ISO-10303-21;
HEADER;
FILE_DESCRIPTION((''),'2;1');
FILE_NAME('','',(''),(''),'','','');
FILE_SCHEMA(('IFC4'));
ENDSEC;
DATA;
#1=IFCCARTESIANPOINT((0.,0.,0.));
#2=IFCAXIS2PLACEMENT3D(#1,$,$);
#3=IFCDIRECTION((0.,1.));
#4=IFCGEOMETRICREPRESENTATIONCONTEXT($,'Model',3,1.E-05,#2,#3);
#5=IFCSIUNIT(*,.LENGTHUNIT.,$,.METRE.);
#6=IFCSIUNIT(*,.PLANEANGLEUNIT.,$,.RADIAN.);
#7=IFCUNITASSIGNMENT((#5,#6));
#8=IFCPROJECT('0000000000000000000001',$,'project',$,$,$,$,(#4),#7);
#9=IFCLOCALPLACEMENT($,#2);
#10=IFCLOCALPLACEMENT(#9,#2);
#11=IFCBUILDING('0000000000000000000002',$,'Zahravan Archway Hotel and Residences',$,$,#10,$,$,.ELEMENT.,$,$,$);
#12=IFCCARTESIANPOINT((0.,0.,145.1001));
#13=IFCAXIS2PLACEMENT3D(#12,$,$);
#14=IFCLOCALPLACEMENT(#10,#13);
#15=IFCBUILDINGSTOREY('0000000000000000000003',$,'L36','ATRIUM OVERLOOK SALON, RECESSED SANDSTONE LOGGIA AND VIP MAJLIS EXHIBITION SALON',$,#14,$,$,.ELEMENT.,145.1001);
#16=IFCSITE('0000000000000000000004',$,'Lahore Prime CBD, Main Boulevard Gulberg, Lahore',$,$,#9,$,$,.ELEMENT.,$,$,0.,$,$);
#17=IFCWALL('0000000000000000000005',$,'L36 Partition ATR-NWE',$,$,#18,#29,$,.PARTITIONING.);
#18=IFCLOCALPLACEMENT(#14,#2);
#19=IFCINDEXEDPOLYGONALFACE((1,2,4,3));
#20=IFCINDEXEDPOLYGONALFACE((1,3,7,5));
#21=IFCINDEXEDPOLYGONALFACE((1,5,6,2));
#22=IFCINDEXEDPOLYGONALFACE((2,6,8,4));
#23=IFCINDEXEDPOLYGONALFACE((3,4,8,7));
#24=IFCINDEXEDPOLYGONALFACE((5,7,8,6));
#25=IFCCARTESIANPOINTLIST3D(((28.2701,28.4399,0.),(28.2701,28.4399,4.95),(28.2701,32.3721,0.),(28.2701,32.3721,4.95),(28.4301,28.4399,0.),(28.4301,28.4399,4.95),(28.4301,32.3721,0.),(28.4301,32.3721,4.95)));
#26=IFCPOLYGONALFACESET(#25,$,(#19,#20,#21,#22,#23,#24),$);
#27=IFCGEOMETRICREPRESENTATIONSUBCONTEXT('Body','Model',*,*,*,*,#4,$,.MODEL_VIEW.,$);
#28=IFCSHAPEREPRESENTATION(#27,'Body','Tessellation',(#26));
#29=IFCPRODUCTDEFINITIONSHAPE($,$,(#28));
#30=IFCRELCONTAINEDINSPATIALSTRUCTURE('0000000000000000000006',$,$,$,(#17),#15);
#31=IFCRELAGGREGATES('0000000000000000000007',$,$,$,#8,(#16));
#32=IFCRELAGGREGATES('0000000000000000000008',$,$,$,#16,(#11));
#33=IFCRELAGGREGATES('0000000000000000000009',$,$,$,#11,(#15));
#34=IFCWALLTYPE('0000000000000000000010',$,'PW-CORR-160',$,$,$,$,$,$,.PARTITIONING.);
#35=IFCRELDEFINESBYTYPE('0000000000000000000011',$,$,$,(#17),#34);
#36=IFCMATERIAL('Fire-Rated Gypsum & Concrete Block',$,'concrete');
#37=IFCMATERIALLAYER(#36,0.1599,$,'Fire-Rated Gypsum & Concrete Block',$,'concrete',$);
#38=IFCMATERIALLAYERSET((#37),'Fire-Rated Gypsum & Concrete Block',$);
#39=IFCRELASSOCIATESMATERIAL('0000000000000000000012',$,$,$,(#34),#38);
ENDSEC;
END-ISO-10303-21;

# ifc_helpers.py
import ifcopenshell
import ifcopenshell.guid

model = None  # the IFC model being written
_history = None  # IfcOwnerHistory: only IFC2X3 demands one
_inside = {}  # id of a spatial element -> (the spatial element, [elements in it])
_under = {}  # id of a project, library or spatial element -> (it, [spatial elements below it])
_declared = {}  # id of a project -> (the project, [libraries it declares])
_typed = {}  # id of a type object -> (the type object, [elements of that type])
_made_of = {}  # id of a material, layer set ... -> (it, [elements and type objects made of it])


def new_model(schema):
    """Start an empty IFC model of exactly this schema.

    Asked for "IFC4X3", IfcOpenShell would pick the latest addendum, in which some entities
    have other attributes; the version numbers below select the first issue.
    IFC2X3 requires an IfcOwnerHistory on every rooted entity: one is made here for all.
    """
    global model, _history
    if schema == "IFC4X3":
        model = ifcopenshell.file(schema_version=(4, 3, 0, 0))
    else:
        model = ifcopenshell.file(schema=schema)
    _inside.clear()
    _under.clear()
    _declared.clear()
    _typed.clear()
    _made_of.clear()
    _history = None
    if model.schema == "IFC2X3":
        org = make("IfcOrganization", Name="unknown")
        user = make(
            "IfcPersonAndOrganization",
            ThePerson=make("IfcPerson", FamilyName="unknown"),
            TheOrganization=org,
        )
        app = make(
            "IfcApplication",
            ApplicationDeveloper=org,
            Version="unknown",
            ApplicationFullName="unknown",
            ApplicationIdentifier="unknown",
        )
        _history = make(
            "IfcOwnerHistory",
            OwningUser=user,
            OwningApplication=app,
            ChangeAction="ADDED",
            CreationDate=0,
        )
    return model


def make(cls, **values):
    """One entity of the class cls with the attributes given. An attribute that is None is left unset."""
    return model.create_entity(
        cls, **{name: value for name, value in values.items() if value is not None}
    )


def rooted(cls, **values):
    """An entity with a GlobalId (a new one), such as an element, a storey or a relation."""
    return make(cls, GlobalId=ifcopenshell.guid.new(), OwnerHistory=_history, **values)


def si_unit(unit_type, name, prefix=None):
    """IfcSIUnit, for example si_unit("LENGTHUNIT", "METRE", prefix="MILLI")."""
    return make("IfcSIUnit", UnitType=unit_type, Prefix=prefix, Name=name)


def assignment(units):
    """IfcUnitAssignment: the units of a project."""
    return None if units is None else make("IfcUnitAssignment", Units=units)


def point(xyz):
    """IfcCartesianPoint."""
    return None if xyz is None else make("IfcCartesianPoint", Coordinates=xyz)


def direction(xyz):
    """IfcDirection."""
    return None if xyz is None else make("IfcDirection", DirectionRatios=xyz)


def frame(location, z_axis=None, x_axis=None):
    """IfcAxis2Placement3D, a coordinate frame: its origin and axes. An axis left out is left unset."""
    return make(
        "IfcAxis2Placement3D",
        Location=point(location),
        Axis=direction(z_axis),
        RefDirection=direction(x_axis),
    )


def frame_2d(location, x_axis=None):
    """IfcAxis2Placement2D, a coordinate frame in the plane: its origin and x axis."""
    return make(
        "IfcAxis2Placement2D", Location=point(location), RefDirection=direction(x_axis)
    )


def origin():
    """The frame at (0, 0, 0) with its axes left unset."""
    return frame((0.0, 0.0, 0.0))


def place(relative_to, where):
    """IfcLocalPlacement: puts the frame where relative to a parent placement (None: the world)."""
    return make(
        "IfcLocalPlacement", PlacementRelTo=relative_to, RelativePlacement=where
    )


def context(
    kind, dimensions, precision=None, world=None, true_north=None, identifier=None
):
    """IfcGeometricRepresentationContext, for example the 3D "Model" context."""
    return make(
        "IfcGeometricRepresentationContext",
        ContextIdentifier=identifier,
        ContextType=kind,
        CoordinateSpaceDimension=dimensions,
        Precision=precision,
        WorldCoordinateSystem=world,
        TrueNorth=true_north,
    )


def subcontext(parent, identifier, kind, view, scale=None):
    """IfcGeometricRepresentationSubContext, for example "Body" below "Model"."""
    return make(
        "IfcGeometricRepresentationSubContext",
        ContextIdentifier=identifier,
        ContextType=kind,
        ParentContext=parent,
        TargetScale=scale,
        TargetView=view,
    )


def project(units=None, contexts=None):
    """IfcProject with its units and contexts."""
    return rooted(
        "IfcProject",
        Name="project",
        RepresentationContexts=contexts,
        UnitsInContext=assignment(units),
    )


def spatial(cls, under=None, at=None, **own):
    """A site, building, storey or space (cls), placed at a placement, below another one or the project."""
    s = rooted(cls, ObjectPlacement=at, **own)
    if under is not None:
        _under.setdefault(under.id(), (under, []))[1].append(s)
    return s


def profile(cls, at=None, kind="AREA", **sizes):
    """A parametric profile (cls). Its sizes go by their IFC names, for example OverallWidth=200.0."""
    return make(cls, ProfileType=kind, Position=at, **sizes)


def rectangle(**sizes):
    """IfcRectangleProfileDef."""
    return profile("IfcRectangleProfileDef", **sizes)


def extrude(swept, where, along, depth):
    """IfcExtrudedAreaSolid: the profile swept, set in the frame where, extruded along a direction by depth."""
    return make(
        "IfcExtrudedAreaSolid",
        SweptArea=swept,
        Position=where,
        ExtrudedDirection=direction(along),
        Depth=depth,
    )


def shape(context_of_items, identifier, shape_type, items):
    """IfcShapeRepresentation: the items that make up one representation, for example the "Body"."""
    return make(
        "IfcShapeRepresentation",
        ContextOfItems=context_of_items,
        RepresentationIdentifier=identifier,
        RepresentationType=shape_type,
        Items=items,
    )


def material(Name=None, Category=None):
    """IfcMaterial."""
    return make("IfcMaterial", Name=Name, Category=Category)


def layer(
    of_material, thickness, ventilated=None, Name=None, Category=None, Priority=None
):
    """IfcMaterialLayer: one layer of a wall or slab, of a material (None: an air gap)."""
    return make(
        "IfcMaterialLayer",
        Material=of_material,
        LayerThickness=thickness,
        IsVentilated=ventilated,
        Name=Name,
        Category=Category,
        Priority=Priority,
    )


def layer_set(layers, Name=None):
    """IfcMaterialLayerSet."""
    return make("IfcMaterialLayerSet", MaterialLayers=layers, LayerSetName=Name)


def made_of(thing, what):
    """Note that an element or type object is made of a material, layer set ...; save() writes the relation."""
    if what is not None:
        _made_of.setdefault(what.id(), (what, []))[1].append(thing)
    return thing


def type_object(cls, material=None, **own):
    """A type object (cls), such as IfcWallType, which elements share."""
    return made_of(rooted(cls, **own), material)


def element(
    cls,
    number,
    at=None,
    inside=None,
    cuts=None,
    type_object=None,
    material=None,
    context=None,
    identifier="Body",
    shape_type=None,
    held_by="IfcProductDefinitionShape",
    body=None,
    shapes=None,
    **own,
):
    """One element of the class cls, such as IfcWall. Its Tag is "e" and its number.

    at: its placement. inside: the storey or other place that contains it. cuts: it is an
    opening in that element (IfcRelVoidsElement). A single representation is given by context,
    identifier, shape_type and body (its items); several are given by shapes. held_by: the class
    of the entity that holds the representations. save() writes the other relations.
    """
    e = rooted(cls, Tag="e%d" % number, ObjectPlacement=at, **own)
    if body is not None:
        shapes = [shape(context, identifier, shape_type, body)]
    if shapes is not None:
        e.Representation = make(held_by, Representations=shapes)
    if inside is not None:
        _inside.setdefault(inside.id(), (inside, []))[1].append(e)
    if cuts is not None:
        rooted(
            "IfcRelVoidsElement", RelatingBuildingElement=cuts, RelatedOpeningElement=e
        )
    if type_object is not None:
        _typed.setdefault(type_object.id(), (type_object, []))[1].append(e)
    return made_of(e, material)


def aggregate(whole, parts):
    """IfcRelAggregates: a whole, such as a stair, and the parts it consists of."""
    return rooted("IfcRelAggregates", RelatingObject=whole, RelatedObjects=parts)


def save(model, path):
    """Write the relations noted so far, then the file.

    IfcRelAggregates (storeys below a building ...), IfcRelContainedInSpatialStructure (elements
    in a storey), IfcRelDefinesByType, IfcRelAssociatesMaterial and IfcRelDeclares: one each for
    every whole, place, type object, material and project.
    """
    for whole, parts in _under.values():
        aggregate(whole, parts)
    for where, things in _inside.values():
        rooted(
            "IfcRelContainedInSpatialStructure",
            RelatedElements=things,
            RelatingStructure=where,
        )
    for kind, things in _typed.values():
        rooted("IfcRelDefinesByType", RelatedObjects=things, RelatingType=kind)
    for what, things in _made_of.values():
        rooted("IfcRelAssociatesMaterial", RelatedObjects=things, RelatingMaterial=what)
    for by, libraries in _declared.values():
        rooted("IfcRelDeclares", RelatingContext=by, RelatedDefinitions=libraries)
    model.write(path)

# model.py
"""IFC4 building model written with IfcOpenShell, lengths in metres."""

from ifc_helpers import new_model, si_unit, direction, frame, frame_2d, origin, place, context, subcontext, project, spatial, rectangle, extrude, material, layer, layer_set, type_object, element, save


model = new_model("IFC4")

# Units and contexts
model_context = context("Model", 3, precision=1e-05, world=origin(), true_north=direction((0.0, 1.0)))
body_context = subcontext(model_context, "Body", "Model", "MODEL_VIEW")
ifc_project = project(units=[si_unit("LENGTHUNIT", "METRE"), si_unit("PLANEANGLEUNIT", "RADIAN")], contexts=[model_context])

# Site, building, storey
site_placement = place(None, origin())
site = spatial("IfcSite", under=ifc_project, at=site_placement, Name="Lahore Prime CBD, Main Boulevard Gulberg, Lahore", CompositionType="ELEMENT", RefElevation=0.0)
building_placement = place(site_placement, origin())
building = spatial("IfcBuilding", under=site, at=building_placement, Name="Zahravan Archway Hotel and Residences", CompositionType="ELEMENT")
storey_placement = place(building_placement, frame((0.0, 0.0, 145.1001)))
storey = spatial("IfcBuildingStorey", under=building, at=storey_placement, Name="L36", Description="ATRIUM OVERLOOK SALON, RECESSED SANDSTONE LOGGIA AND VIP MAJLIS EXHIBITION SALON", CompositionType="ELEMENT", Elevation=145.1001)

# Wall
ifc_material_1 = material(Name="Fire-Rated Gypsum & Concrete Block", Category="concrete")
ifc_layer_1 = layer(ifc_material_1, 0.1599, Name="Fire-Rated Gypsum & Concrete Block", Category="concrete")
ifc_layer_set_1 = layer_set([ifc_layer_1], Name="Fire-Rated Gypsum & Concrete Block")
wall_type = type_object("IfcWallType", Name="PW-CORR-160", PredefinedType="PARTITIONING", material=ifc_layer_set_1)
wall_placement = place(storey_placement, frame((28.3501, 28.4399, 0.0), z_axis=(0.0, 0.0, 1.0), x_axis=(0.0, 1.0, 0.0)))
element("IfcWall", 1, at=wall_placement, inside=storey, type_object=wall_type, Name="L36 Partition ATR-NWE", PredefinedType="PARTITIONING", context=body_context, shape_type="SweptSolid", body=[
    extrude(rectangle(XDim=3.9321, YDim=0.1599, at=frame_2d((1.9661, 0.0))), origin(), (0.0, 0.0, 1.0), 4.95),
])

save(model, "model.ifc")
